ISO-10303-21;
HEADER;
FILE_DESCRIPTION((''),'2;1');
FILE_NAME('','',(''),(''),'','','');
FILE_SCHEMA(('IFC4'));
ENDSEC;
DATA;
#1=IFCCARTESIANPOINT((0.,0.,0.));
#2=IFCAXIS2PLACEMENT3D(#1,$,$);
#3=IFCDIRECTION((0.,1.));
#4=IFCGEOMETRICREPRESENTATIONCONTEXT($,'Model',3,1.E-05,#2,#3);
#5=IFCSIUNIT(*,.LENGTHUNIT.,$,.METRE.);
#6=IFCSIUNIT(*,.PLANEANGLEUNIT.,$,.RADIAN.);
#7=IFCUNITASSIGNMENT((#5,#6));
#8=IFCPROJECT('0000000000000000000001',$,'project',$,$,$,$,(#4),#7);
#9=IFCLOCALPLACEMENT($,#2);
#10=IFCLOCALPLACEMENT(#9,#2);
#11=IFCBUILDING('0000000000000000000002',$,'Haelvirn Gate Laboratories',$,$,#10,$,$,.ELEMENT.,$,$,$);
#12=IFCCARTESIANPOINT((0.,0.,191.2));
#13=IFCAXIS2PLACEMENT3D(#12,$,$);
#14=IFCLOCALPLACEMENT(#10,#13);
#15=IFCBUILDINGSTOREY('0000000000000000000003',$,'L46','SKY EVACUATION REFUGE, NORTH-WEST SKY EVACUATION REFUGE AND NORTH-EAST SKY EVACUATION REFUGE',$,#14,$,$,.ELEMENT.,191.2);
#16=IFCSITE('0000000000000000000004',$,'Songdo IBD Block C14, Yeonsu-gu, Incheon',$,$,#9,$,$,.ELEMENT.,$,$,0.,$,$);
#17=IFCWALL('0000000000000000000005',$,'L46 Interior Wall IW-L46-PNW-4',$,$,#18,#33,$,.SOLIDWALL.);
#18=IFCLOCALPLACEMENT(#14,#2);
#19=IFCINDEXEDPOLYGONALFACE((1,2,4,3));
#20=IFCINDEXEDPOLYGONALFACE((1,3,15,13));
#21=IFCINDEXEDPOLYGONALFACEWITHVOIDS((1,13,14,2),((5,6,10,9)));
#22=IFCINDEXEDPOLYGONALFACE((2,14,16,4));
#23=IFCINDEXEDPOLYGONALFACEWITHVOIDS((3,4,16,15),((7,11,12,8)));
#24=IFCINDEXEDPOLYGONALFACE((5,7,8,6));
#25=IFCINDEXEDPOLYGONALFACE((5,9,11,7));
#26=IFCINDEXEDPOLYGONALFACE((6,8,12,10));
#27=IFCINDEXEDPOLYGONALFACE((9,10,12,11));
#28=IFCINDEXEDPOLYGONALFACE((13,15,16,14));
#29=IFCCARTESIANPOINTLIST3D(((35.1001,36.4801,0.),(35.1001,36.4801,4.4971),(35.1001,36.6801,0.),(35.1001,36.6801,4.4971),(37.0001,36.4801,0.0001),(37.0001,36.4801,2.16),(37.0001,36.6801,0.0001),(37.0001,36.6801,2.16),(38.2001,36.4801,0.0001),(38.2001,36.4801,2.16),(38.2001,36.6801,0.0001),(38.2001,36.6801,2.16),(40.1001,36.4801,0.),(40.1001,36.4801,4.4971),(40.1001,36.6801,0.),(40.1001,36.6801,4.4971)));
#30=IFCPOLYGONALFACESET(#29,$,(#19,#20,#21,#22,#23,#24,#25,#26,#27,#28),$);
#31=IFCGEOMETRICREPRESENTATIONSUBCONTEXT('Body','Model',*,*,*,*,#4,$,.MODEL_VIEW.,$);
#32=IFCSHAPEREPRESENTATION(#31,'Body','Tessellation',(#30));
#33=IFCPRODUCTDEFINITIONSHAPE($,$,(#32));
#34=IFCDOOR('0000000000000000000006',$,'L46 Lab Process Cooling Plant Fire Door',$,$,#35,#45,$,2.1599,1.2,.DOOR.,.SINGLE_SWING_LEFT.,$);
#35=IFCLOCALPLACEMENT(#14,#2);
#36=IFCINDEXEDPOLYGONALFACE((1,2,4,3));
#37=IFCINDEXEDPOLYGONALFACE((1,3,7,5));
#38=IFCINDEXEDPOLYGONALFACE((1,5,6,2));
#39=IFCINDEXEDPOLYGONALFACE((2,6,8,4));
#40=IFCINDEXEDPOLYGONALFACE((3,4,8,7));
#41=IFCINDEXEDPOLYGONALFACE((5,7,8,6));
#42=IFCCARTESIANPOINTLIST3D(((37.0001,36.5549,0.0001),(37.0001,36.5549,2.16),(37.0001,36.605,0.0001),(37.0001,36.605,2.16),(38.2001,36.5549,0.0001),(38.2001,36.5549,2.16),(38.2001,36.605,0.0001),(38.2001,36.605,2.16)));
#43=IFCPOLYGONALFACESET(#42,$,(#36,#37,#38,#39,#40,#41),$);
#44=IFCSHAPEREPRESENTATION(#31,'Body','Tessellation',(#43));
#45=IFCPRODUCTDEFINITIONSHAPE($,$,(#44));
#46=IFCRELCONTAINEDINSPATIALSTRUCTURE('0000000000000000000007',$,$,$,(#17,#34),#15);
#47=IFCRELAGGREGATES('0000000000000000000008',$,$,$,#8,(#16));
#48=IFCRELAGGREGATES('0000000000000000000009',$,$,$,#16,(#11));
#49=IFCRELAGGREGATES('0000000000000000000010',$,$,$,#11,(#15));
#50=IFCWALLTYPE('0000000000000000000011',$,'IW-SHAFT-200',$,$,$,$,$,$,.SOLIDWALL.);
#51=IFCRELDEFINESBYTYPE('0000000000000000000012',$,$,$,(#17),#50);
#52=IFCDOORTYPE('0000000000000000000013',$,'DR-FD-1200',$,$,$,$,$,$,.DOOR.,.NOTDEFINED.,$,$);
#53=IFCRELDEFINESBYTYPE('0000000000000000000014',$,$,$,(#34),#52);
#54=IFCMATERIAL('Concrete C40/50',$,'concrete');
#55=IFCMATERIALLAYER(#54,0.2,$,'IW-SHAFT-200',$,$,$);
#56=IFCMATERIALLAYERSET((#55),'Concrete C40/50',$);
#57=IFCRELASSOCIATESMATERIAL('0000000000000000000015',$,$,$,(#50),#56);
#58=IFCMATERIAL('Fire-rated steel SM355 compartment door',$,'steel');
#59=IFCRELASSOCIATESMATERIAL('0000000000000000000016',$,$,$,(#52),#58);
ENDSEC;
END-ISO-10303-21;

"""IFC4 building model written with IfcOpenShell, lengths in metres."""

from ifc_helpers import new_model, si_unit, direction, frame, frame_2d, origin, place, context, subcontext, project, spatial, rectangle, extrude, source, transform, mapped, material, layer, layer_set, type_object, type_shapes, element, fill, save


model = new_model("IFC4")

# Units and contexts
model_context = context("Model", 3, precision=1e-05, world=origin(), true_north=direction((0.0, 1.0)))
body_context = subcontext(model_context, "Body", "Model", "MODEL_VIEW")
ifc_project = project(units=[si_unit("LENGTHUNIT", "METRE"), si_unit("PLANEANGLEUNIT", "RADIAN")], contexts=[model_context])

# Site, building, storey
site_placement = place(None, origin())
site = spatial("IfcSite", under=ifc_project, at=site_placement, Name="Songdo IBD Block C14, Yeonsu-gu, Incheon", CompositionType="ELEMENT", RefElevation=0.0)
building_placement = place(site_placement, origin())
building = spatial("IfcBuilding", under=site, at=building_placement, Name="Haelvirn Gate Laboratories", CompositionType="ELEMENT")
storey_placement = place(building_placement, frame((0.0, 0.0, 191.2)))
storey = spatial("IfcBuildingStorey", under=building, at=storey_placement, Name="L46", Description="SKY EVACUATION REFUGE, NORTH-WEST SKY EVACUATION REFUGE AND NORTH-EAST SKY EVACUATION REFUGE", CompositionType="ELEMENT", Elevation=191.2)

# Shared definitions
ifc_material_1 = material(Name="Concrete C40/50", Category="concrete")
ifc_layer_1 = layer(ifc_material_1, 0.2, Name="IW-SHAFT-200")
ifc_layer_set_1 = layer_set([ifc_layer_1], Name="Concrete C40/50")
wall_type_1 = type_object("IfcWallType", Name="IW-SHAFT-200", PredefinedType="SOLIDWALL", material=ifc_layer_set_1)

# Wall, opening, door
wall_1_placement = place(storey_placement, frame((35.1001, 36.5801, 0.0), z_axis=(0.0, 0.0, 1.0), x_axis=(1.0, 0.0, 0.0)))
wall_1 = element("IfcWall", 1, at=wall_1_placement, inside=storey, type_object=wall_type_1, Name="L46 Interior Wall IW-L46-PNW-4", PredefinedType="SOLIDWALL", context=body_context, shape_type="SweptSolid", body=[
    extrude(rectangle(XDim=5.0, YDim=0.2, at=frame_2d((2.5, 0.0))), origin(), (0.0, 0.0, 1.0), 4.4971),
])
opening_placement = place(wall_1_placement, frame((1.8999, 0.0, 0.0)))
opening = element("IfcOpeningElement", 2, at=opening_placement, cuts=wall_1, PredefinedType="OPENING", context=body_context, shape_type="SweptSolid", body=[
    extrude(rectangle(XDim=1.2, YDim=2.1599, at=frame_2d((0.6001, 1.0801))), frame((0.0, 0.1099, 0.0), z_axis=(0.0, -1.0, 0.0), x_axis=(1.0, 0.0, 0.0)), (0.0, 0.0, 1.0), 0.22),
])
ifc_material_2 = material(Name="Fire-rated steel SM355 compartment door", Category="steel")
door_type = type_object("IfcDoorType", Name="DR-FD-1200", OperationType="NOTDEFINED", PredefinedType="DOOR", material=ifc_material_2)
shared_shape_1 = source(origin(), body_context, "Body", "SweptSolid", [
    extrude(rectangle(XDim=1.2, YDim=2.1599, at=frame_2d((0.6001, 1.0801))), frame((0.0, 0.0249, 0.0), z_axis=(0.0, -1.0, 0.0), x_axis=(1.0, 0.0, 0.0)), (0.0, 0.0, 1.0), 0.05),
])
type_shapes(door_type, [shared_shape_1])
door_placement = place(opening_placement, origin())
door = element("IfcDoor", 3, at=door_placement, inside=storey, type_object=door_type, Name="L46 Lab Process Cooling Plant Fire Door", OperationType="SINGLE_SWING_LEFT", OverallHeight=2.1599, OverallWidth=1.2, PredefinedType="DOOR", context=body_context, shape_type="MappedRepresentation", body=[
    mapped(shared_shape_1, transform((0.0, 0.0, 0.0), scale=1.0)),
])
fill(opening, door)

save(model, "model.ifc")
